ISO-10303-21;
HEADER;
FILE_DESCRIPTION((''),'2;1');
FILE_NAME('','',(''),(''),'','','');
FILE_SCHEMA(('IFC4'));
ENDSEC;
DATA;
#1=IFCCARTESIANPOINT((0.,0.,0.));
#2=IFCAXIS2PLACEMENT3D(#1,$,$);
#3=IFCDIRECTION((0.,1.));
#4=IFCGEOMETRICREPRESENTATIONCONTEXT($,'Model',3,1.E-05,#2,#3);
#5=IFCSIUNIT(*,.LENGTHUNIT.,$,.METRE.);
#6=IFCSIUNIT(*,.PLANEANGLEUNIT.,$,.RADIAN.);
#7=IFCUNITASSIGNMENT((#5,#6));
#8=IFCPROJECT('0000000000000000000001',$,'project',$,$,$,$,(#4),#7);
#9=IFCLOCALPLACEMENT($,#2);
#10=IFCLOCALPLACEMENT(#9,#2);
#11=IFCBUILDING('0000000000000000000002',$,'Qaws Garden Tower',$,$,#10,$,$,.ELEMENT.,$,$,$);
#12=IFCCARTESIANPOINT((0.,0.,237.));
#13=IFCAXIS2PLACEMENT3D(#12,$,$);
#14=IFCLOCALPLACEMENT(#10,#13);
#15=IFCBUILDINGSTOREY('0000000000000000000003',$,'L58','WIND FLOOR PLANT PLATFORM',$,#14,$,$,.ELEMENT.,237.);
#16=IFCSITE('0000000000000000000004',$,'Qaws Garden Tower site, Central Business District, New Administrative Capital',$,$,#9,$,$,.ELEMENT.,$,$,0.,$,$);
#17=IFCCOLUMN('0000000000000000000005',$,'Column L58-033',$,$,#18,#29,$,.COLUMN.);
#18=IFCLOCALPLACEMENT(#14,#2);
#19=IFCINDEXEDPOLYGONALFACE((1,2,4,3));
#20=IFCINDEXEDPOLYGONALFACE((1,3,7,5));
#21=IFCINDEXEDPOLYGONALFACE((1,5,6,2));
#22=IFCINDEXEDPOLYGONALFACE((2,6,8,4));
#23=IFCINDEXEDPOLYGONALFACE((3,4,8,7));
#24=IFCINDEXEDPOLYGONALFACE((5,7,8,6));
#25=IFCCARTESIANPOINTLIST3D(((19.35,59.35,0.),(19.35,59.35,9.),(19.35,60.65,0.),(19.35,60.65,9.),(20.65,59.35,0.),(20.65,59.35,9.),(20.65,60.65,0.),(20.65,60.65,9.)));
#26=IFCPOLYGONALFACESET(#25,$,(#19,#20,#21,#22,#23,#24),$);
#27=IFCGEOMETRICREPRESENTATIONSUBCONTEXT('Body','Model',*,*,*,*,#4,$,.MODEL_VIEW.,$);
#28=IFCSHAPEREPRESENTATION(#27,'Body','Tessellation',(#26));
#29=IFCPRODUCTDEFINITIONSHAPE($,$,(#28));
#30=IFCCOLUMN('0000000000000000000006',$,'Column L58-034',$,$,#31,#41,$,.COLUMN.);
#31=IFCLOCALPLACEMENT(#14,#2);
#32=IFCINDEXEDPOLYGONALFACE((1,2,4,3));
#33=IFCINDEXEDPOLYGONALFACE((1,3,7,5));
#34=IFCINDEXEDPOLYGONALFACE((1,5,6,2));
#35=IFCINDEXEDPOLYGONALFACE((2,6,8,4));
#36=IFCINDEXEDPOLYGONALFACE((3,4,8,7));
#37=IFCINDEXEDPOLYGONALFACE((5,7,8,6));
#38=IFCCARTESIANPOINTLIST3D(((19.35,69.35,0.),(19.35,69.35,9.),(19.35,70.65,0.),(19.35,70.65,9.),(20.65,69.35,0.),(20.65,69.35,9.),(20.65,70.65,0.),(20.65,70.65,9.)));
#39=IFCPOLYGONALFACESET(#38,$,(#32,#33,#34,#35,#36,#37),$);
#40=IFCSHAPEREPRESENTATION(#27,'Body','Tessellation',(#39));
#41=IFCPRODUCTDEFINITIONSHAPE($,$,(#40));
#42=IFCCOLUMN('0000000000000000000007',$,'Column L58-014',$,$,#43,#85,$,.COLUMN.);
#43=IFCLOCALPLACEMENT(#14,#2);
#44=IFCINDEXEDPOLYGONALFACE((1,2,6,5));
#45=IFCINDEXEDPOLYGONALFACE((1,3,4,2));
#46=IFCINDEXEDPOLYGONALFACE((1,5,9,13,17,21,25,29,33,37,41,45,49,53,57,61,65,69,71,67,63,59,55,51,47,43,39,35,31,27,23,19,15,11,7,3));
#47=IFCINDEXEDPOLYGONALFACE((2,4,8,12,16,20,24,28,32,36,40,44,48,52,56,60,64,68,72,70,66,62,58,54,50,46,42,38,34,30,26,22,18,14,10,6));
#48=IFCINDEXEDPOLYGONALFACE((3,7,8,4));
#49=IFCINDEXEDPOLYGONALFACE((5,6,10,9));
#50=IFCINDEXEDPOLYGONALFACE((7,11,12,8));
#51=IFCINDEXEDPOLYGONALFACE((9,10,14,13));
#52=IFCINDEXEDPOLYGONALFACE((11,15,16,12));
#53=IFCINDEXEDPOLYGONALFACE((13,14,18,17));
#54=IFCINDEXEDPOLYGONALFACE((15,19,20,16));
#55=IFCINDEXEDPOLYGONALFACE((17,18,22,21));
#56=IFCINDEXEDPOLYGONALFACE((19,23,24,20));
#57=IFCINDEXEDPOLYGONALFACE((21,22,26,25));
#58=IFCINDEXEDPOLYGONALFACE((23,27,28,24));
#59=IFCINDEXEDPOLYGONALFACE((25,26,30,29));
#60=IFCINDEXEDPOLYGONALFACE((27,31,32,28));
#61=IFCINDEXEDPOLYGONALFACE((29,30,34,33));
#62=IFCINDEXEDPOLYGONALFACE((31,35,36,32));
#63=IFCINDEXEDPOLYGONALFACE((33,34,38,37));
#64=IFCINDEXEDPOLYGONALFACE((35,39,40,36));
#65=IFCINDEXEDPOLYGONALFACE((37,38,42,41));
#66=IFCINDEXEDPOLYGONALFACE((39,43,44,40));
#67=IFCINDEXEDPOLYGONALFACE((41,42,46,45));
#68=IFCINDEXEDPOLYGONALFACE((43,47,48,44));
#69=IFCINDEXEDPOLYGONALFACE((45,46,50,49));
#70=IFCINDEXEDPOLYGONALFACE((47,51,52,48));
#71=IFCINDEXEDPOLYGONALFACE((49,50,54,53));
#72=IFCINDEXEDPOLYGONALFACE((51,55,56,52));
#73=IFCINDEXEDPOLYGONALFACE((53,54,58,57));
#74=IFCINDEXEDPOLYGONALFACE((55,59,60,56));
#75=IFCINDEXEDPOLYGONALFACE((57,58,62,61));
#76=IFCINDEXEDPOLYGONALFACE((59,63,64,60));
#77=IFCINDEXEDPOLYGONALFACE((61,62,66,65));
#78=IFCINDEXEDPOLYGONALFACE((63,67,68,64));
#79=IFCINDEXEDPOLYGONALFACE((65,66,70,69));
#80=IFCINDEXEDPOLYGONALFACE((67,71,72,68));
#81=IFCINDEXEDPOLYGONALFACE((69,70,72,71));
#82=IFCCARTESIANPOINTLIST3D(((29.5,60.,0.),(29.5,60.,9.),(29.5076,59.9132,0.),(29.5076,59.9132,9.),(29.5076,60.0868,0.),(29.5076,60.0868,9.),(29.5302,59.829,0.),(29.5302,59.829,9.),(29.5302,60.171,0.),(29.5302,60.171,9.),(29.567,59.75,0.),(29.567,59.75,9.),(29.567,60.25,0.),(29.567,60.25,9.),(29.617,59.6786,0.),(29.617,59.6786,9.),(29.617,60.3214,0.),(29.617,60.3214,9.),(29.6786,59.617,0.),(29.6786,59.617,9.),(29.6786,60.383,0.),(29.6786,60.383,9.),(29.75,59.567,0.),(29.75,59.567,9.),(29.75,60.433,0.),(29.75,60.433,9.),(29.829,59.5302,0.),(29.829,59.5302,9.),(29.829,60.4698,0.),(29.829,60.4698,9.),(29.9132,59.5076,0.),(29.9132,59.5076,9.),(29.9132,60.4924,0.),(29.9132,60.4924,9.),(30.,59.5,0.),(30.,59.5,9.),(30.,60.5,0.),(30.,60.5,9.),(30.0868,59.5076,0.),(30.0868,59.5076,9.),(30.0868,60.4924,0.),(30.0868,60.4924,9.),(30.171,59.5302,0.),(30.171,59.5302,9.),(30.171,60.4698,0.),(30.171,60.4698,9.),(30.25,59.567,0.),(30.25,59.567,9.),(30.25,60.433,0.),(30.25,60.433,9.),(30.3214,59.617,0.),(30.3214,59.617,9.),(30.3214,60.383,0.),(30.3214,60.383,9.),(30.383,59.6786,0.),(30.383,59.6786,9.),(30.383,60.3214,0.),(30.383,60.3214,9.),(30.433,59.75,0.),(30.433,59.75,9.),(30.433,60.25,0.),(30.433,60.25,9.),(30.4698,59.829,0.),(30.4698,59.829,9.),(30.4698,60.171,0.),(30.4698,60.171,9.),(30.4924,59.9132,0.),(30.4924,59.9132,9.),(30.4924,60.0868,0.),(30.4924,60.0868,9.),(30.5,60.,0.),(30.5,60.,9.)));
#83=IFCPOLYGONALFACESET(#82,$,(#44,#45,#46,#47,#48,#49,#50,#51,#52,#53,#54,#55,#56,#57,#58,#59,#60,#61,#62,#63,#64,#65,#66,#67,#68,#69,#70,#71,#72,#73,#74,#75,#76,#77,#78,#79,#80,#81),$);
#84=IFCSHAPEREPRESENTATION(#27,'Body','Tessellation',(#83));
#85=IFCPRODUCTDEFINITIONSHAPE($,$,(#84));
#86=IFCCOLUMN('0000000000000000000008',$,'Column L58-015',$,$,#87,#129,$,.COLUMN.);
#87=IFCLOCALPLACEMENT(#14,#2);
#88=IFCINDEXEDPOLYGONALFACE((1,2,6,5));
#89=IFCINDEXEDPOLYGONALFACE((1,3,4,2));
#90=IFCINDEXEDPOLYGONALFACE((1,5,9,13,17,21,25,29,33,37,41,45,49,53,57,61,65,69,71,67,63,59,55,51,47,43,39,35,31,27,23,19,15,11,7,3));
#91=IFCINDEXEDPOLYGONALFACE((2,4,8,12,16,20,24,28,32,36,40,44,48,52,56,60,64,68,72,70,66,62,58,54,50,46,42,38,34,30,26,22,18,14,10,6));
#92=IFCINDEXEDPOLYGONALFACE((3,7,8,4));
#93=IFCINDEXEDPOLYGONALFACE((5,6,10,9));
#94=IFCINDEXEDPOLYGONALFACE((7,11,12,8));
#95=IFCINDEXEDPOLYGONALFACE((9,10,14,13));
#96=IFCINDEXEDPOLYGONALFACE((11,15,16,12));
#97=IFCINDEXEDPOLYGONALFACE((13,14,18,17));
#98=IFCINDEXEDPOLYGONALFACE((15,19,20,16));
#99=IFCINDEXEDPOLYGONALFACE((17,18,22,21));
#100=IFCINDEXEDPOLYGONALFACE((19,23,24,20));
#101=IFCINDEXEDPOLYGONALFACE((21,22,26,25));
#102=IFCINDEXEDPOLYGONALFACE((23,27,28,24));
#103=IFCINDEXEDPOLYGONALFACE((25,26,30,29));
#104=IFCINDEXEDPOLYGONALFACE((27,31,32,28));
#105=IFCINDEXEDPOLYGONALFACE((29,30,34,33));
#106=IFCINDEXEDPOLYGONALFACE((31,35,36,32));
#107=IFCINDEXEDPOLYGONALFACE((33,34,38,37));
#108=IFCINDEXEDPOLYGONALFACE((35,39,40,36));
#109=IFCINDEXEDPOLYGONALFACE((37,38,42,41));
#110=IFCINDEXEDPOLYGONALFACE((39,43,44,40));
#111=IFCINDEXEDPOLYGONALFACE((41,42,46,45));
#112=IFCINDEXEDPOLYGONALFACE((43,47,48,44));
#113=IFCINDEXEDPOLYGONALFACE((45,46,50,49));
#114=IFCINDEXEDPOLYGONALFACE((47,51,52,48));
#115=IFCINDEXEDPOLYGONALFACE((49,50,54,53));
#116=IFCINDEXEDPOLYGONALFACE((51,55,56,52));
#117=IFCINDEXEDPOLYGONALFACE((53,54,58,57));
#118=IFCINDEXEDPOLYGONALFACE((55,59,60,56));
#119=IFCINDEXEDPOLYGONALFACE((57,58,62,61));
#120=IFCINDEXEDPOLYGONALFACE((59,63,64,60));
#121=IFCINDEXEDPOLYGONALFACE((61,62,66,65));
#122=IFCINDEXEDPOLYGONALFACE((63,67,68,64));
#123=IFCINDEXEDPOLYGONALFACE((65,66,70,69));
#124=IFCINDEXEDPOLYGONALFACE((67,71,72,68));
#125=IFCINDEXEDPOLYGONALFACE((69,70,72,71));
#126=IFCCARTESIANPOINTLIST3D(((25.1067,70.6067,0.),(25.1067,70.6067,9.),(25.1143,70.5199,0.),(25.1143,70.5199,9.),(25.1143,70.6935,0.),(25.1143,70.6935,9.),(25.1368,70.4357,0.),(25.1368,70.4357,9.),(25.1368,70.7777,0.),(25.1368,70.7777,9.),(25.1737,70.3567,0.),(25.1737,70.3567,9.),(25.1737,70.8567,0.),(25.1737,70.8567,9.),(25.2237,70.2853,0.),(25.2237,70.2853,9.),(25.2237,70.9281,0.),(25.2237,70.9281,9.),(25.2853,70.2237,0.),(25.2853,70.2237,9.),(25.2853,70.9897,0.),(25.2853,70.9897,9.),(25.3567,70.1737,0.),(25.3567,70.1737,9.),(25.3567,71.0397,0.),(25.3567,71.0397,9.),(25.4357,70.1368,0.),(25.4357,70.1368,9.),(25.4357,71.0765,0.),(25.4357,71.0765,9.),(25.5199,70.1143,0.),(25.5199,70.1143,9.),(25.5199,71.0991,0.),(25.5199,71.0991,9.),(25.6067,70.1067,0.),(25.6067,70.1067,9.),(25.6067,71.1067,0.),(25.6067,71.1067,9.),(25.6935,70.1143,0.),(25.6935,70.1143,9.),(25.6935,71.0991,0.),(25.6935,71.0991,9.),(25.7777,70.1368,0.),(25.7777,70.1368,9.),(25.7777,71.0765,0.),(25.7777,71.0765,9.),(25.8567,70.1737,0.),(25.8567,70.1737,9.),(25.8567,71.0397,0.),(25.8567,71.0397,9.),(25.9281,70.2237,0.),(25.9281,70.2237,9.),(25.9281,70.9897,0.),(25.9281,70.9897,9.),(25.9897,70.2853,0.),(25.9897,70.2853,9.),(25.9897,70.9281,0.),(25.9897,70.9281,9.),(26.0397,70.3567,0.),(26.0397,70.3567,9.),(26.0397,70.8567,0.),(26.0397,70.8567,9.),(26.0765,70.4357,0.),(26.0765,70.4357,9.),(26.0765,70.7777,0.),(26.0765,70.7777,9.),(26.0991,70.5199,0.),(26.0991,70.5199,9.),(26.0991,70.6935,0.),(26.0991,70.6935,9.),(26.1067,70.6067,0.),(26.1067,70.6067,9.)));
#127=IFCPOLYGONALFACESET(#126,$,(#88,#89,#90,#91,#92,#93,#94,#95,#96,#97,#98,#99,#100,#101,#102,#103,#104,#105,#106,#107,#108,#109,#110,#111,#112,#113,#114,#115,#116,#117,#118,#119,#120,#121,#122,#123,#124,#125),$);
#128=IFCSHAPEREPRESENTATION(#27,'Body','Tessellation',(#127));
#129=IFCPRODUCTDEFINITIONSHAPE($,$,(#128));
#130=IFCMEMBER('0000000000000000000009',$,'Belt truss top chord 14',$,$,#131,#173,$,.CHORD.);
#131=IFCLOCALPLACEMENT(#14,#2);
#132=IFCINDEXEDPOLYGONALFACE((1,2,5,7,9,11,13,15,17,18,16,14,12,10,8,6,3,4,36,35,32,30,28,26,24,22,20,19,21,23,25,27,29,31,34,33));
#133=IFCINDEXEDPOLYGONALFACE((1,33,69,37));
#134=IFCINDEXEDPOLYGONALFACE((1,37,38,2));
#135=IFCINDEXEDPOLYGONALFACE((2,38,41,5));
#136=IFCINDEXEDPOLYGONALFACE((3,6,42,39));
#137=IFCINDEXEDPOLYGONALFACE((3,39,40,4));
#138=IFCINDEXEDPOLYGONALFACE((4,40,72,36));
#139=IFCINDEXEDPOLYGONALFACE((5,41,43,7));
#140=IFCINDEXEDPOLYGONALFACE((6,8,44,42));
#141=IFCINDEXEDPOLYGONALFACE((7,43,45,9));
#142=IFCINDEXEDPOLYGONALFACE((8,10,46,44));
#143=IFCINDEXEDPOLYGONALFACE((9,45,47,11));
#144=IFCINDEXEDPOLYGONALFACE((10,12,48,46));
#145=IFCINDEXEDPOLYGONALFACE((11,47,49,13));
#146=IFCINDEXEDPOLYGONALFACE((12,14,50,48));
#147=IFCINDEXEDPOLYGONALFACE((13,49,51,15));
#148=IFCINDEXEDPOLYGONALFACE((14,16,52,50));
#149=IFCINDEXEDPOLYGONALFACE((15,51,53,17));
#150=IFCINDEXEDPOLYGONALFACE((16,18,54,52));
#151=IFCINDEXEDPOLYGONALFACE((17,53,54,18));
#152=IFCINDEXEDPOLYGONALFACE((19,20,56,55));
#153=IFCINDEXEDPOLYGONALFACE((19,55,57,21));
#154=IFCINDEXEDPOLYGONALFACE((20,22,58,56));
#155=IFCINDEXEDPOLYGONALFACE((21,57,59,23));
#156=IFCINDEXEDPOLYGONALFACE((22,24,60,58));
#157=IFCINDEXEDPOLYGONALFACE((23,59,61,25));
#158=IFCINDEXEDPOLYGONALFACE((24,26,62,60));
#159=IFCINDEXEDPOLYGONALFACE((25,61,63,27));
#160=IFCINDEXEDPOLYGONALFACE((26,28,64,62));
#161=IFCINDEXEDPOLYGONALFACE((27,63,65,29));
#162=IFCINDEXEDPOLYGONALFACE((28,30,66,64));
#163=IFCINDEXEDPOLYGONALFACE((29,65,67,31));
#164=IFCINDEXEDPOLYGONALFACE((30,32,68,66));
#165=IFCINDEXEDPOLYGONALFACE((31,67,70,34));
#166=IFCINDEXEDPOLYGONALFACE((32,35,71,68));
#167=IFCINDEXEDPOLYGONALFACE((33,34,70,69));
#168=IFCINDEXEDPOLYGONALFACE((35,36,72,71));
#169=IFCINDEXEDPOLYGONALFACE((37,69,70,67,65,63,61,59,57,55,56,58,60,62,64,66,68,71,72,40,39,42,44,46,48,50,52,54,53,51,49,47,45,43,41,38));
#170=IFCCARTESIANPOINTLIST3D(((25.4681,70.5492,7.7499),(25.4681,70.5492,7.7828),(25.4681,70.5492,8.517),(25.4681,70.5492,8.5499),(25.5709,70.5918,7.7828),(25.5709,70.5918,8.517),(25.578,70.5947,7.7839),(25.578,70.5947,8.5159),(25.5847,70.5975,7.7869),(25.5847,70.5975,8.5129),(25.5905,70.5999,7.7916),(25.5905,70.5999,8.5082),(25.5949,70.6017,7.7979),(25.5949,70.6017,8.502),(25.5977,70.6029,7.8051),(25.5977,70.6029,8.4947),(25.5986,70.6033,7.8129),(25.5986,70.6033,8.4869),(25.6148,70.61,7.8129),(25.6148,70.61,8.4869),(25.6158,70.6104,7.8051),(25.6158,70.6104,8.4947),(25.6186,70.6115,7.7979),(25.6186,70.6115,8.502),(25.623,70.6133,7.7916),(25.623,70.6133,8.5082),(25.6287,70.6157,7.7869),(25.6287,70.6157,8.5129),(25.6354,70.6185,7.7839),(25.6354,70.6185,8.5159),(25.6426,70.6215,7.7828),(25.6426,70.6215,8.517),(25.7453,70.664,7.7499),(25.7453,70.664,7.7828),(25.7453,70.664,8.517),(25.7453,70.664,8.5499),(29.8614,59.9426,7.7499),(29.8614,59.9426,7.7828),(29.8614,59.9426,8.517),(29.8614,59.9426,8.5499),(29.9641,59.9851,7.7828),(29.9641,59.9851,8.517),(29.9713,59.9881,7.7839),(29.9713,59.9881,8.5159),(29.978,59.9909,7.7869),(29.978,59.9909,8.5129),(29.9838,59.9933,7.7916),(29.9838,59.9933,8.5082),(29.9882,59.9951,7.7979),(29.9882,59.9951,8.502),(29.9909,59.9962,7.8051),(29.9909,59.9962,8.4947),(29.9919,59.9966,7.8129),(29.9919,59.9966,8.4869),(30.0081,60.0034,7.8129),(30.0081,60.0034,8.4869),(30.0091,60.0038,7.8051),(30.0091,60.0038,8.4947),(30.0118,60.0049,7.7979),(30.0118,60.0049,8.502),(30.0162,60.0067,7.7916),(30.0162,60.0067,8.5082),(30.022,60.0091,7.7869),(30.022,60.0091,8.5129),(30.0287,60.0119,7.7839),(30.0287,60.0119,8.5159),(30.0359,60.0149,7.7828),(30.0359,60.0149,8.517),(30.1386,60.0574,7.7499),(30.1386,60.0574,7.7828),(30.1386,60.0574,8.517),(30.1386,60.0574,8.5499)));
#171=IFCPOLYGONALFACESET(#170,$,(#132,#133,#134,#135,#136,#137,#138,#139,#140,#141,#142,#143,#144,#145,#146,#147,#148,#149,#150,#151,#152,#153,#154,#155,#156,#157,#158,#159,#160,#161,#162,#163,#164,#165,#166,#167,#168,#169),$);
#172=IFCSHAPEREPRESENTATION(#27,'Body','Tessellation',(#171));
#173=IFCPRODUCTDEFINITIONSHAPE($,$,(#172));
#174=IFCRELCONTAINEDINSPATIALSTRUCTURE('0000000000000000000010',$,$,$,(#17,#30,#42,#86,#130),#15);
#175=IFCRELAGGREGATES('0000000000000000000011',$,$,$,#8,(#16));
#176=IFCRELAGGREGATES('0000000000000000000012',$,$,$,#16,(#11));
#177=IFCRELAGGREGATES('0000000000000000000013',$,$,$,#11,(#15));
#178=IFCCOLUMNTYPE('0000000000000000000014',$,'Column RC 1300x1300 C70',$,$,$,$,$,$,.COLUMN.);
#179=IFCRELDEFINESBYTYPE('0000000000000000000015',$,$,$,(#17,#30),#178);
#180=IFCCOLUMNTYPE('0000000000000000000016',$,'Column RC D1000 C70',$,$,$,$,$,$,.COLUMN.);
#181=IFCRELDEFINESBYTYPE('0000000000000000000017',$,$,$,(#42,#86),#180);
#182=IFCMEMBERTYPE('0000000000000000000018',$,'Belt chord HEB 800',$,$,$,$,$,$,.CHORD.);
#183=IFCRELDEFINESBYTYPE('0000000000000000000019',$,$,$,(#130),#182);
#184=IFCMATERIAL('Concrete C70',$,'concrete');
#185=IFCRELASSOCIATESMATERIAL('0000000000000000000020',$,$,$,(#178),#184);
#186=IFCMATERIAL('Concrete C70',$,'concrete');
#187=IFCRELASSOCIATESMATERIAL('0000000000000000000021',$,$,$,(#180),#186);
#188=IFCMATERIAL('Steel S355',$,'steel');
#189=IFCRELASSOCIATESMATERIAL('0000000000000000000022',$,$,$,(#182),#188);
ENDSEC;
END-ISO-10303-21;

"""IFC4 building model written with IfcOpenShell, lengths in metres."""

from ifc_helpers import new_model, si_unit, direction, frame, origin, origin_2d, place, context, subcontext, project, spatial, rectangle, circle, i_section, extrude, material, material_profile, profile_set, type_object, element, save


model = new_model("IFC4")

# Units and contexts
model_context = context("Model", 3, precision=1e-05, world=origin(), true_north=direction((0.0, 1.0)))
body_context = subcontext(model_context, "Body", "Model", "MODEL_VIEW")
ifc_project = project(units=[si_unit("LENGTHUNIT", "METRE"), si_unit("PLANEANGLEUNIT", "RADIAN")], contexts=[model_context])

# Site, building, storey
site_placement = place(None, origin())
site = spatial("IfcSite", under=ifc_project, at=site_placement, Name="Qaws Garden Tower site, Central Business District, New Administrative Capital", CompositionType="ELEMENT", RefElevation=0.0)
building_placement = place(site_placement, origin())
building = spatial("IfcBuilding", under=site, at=building_placement, Name="Qaws Garden Tower", CompositionType="ELEMENT")
storey_placement = place(building_placement, frame((0.0, 0.0, 237.0)))
storey = spatial("IfcBuildingStorey", under=building, at=storey_placement, Name="L58", Description="WIND FLOOR PLANT PLATFORM", CompositionType="ELEMENT", Elevation=237.0)

# Columns
ifc_material_1 = material(Name="Concrete C70", Category="concrete")
ifc_material_profile_1 = material_profile(ifc_material_1, rectangle(XDim=1.3, YDim=1.3, at=origin_2d()), Name="RC 1300x1300")
ifc_profile_set_1 = profile_set([ifc_material_profile_1], Name="Concrete C70")
column_type_1 = type_object("IfcColumnType", Name="Column RC 1300x1300 C70", PredefinedType="COLUMN", material=ifc_profile_set_1)
for number, where, z_axis, x_axis, name in (
    (1, (20.0, 60.0, 0.0), (0.0, 0.0, 1.0), (1.0, 0.0, 0.0), "Column L58-033"),
    (2, (20.0, 70.0, 0.0), (0.0, 0.0, 1.0), (1.0, 0.0, 0.0), "Column L58-034"),
):
    element("IfcColumn", number, at=place(storey_placement, frame(where, z_axis=z_axis, x_axis=x_axis)), inside=storey, type_object=column_type_1, Name=name, PredefinedType="COLUMN", context=body_context, shape_type="SweptSolid", body=[
        extrude(rectangle(XDim=1.3, YDim=1.3, at=origin_2d()), origin(), (0.0, 0.0, 1.0), 9.0),
    ])
ifc_material_2 = material(Name="Concrete C70", Category="concrete")
ifc_material_profile_2 = material_profile(ifc_material_2, circle(Radius=0.5, at=origin_2d()), Name="RC D1000")
ifc_profile_set_2 = profile_set([ifc_material_profile_2], Name="Concrete C70")
column_type_2 = type_object("IfcColumnType", Name="Column RC D1000 C70", PredefinedType="COLUMN", material=ifc_profile_set_2)
for number, where, z_axis, x_axis, name in (
    (3, (30.0, 60.0, 0.0), (0.0, 0.0, 1.0), (1.0, 0.0, 0.0), "Column L58-014"),
    (4, (25.6067, 70.6067, 0.0), (0.0, 0.0, 1.0), (1.0, 0.0, 0.0), "Column L58-015"),
):
    element("IfcColumn", number, at=place(storey_placement, frame(where, z_axis=z_axis, x_axis=x_axis)), inside=storey, type_object=column_type_2, Name=name, PredefinedType="COLUMN", context=body_context, shape_type="SweptSolid", body=[
        extrude(circle(Radius=0.5, at=origin_2d()), origin(), (0.0, 0.0, 1.0), 9.0),
    ])

# Member
ifc_material_3 = material(Name="Steel S355", Category="steel")
ifc_material_profile_3 = material_profile(ifc_material_3, i_section(OverallWidth=0.3, OverallDepth=0.8, WebThickness=0.0176, FlangeThickness=0.033, FilletRadius=0.03, at=origin_2d()), Name="HEB 800")
ifc_profile_set_3 = profile_set([ifc_material_profile_3], Name="Steel S355")
member_type_1 = type_object("IfcMemberType", Name="Belt chord HEB 800", PredefinedType="CHORD", material=ifc_profile_set_3)
for number, where, z_axis, x_axis, name in (
    (5, (30.0, 60.0, 8.1499), (-0.382674, 0.923883, 0.0), (-0.923883, -0.382674, 0.0), "Belt truss top chord 14"),
):
    element("IfcMember", number, at=place(storey_placement, frame(where, z_axis=z_axis, x_axis=x_axis)), inside=storey, type_object=member_type_1, Name=name, PredefinedType="CHORD", context=body_context, shape_type="SweptSolid", body=[
        extrude(i_section(OverallWidth=0.3, OverallDepth=0.8, WebThickness=0.0176, FlangeThickness=0.033, FilletRadius=0.03, at=origin_2d()), origin(), (0.0, 0.0, 1.0), 11.4805),
    ])

save(model, "model.ifc")
